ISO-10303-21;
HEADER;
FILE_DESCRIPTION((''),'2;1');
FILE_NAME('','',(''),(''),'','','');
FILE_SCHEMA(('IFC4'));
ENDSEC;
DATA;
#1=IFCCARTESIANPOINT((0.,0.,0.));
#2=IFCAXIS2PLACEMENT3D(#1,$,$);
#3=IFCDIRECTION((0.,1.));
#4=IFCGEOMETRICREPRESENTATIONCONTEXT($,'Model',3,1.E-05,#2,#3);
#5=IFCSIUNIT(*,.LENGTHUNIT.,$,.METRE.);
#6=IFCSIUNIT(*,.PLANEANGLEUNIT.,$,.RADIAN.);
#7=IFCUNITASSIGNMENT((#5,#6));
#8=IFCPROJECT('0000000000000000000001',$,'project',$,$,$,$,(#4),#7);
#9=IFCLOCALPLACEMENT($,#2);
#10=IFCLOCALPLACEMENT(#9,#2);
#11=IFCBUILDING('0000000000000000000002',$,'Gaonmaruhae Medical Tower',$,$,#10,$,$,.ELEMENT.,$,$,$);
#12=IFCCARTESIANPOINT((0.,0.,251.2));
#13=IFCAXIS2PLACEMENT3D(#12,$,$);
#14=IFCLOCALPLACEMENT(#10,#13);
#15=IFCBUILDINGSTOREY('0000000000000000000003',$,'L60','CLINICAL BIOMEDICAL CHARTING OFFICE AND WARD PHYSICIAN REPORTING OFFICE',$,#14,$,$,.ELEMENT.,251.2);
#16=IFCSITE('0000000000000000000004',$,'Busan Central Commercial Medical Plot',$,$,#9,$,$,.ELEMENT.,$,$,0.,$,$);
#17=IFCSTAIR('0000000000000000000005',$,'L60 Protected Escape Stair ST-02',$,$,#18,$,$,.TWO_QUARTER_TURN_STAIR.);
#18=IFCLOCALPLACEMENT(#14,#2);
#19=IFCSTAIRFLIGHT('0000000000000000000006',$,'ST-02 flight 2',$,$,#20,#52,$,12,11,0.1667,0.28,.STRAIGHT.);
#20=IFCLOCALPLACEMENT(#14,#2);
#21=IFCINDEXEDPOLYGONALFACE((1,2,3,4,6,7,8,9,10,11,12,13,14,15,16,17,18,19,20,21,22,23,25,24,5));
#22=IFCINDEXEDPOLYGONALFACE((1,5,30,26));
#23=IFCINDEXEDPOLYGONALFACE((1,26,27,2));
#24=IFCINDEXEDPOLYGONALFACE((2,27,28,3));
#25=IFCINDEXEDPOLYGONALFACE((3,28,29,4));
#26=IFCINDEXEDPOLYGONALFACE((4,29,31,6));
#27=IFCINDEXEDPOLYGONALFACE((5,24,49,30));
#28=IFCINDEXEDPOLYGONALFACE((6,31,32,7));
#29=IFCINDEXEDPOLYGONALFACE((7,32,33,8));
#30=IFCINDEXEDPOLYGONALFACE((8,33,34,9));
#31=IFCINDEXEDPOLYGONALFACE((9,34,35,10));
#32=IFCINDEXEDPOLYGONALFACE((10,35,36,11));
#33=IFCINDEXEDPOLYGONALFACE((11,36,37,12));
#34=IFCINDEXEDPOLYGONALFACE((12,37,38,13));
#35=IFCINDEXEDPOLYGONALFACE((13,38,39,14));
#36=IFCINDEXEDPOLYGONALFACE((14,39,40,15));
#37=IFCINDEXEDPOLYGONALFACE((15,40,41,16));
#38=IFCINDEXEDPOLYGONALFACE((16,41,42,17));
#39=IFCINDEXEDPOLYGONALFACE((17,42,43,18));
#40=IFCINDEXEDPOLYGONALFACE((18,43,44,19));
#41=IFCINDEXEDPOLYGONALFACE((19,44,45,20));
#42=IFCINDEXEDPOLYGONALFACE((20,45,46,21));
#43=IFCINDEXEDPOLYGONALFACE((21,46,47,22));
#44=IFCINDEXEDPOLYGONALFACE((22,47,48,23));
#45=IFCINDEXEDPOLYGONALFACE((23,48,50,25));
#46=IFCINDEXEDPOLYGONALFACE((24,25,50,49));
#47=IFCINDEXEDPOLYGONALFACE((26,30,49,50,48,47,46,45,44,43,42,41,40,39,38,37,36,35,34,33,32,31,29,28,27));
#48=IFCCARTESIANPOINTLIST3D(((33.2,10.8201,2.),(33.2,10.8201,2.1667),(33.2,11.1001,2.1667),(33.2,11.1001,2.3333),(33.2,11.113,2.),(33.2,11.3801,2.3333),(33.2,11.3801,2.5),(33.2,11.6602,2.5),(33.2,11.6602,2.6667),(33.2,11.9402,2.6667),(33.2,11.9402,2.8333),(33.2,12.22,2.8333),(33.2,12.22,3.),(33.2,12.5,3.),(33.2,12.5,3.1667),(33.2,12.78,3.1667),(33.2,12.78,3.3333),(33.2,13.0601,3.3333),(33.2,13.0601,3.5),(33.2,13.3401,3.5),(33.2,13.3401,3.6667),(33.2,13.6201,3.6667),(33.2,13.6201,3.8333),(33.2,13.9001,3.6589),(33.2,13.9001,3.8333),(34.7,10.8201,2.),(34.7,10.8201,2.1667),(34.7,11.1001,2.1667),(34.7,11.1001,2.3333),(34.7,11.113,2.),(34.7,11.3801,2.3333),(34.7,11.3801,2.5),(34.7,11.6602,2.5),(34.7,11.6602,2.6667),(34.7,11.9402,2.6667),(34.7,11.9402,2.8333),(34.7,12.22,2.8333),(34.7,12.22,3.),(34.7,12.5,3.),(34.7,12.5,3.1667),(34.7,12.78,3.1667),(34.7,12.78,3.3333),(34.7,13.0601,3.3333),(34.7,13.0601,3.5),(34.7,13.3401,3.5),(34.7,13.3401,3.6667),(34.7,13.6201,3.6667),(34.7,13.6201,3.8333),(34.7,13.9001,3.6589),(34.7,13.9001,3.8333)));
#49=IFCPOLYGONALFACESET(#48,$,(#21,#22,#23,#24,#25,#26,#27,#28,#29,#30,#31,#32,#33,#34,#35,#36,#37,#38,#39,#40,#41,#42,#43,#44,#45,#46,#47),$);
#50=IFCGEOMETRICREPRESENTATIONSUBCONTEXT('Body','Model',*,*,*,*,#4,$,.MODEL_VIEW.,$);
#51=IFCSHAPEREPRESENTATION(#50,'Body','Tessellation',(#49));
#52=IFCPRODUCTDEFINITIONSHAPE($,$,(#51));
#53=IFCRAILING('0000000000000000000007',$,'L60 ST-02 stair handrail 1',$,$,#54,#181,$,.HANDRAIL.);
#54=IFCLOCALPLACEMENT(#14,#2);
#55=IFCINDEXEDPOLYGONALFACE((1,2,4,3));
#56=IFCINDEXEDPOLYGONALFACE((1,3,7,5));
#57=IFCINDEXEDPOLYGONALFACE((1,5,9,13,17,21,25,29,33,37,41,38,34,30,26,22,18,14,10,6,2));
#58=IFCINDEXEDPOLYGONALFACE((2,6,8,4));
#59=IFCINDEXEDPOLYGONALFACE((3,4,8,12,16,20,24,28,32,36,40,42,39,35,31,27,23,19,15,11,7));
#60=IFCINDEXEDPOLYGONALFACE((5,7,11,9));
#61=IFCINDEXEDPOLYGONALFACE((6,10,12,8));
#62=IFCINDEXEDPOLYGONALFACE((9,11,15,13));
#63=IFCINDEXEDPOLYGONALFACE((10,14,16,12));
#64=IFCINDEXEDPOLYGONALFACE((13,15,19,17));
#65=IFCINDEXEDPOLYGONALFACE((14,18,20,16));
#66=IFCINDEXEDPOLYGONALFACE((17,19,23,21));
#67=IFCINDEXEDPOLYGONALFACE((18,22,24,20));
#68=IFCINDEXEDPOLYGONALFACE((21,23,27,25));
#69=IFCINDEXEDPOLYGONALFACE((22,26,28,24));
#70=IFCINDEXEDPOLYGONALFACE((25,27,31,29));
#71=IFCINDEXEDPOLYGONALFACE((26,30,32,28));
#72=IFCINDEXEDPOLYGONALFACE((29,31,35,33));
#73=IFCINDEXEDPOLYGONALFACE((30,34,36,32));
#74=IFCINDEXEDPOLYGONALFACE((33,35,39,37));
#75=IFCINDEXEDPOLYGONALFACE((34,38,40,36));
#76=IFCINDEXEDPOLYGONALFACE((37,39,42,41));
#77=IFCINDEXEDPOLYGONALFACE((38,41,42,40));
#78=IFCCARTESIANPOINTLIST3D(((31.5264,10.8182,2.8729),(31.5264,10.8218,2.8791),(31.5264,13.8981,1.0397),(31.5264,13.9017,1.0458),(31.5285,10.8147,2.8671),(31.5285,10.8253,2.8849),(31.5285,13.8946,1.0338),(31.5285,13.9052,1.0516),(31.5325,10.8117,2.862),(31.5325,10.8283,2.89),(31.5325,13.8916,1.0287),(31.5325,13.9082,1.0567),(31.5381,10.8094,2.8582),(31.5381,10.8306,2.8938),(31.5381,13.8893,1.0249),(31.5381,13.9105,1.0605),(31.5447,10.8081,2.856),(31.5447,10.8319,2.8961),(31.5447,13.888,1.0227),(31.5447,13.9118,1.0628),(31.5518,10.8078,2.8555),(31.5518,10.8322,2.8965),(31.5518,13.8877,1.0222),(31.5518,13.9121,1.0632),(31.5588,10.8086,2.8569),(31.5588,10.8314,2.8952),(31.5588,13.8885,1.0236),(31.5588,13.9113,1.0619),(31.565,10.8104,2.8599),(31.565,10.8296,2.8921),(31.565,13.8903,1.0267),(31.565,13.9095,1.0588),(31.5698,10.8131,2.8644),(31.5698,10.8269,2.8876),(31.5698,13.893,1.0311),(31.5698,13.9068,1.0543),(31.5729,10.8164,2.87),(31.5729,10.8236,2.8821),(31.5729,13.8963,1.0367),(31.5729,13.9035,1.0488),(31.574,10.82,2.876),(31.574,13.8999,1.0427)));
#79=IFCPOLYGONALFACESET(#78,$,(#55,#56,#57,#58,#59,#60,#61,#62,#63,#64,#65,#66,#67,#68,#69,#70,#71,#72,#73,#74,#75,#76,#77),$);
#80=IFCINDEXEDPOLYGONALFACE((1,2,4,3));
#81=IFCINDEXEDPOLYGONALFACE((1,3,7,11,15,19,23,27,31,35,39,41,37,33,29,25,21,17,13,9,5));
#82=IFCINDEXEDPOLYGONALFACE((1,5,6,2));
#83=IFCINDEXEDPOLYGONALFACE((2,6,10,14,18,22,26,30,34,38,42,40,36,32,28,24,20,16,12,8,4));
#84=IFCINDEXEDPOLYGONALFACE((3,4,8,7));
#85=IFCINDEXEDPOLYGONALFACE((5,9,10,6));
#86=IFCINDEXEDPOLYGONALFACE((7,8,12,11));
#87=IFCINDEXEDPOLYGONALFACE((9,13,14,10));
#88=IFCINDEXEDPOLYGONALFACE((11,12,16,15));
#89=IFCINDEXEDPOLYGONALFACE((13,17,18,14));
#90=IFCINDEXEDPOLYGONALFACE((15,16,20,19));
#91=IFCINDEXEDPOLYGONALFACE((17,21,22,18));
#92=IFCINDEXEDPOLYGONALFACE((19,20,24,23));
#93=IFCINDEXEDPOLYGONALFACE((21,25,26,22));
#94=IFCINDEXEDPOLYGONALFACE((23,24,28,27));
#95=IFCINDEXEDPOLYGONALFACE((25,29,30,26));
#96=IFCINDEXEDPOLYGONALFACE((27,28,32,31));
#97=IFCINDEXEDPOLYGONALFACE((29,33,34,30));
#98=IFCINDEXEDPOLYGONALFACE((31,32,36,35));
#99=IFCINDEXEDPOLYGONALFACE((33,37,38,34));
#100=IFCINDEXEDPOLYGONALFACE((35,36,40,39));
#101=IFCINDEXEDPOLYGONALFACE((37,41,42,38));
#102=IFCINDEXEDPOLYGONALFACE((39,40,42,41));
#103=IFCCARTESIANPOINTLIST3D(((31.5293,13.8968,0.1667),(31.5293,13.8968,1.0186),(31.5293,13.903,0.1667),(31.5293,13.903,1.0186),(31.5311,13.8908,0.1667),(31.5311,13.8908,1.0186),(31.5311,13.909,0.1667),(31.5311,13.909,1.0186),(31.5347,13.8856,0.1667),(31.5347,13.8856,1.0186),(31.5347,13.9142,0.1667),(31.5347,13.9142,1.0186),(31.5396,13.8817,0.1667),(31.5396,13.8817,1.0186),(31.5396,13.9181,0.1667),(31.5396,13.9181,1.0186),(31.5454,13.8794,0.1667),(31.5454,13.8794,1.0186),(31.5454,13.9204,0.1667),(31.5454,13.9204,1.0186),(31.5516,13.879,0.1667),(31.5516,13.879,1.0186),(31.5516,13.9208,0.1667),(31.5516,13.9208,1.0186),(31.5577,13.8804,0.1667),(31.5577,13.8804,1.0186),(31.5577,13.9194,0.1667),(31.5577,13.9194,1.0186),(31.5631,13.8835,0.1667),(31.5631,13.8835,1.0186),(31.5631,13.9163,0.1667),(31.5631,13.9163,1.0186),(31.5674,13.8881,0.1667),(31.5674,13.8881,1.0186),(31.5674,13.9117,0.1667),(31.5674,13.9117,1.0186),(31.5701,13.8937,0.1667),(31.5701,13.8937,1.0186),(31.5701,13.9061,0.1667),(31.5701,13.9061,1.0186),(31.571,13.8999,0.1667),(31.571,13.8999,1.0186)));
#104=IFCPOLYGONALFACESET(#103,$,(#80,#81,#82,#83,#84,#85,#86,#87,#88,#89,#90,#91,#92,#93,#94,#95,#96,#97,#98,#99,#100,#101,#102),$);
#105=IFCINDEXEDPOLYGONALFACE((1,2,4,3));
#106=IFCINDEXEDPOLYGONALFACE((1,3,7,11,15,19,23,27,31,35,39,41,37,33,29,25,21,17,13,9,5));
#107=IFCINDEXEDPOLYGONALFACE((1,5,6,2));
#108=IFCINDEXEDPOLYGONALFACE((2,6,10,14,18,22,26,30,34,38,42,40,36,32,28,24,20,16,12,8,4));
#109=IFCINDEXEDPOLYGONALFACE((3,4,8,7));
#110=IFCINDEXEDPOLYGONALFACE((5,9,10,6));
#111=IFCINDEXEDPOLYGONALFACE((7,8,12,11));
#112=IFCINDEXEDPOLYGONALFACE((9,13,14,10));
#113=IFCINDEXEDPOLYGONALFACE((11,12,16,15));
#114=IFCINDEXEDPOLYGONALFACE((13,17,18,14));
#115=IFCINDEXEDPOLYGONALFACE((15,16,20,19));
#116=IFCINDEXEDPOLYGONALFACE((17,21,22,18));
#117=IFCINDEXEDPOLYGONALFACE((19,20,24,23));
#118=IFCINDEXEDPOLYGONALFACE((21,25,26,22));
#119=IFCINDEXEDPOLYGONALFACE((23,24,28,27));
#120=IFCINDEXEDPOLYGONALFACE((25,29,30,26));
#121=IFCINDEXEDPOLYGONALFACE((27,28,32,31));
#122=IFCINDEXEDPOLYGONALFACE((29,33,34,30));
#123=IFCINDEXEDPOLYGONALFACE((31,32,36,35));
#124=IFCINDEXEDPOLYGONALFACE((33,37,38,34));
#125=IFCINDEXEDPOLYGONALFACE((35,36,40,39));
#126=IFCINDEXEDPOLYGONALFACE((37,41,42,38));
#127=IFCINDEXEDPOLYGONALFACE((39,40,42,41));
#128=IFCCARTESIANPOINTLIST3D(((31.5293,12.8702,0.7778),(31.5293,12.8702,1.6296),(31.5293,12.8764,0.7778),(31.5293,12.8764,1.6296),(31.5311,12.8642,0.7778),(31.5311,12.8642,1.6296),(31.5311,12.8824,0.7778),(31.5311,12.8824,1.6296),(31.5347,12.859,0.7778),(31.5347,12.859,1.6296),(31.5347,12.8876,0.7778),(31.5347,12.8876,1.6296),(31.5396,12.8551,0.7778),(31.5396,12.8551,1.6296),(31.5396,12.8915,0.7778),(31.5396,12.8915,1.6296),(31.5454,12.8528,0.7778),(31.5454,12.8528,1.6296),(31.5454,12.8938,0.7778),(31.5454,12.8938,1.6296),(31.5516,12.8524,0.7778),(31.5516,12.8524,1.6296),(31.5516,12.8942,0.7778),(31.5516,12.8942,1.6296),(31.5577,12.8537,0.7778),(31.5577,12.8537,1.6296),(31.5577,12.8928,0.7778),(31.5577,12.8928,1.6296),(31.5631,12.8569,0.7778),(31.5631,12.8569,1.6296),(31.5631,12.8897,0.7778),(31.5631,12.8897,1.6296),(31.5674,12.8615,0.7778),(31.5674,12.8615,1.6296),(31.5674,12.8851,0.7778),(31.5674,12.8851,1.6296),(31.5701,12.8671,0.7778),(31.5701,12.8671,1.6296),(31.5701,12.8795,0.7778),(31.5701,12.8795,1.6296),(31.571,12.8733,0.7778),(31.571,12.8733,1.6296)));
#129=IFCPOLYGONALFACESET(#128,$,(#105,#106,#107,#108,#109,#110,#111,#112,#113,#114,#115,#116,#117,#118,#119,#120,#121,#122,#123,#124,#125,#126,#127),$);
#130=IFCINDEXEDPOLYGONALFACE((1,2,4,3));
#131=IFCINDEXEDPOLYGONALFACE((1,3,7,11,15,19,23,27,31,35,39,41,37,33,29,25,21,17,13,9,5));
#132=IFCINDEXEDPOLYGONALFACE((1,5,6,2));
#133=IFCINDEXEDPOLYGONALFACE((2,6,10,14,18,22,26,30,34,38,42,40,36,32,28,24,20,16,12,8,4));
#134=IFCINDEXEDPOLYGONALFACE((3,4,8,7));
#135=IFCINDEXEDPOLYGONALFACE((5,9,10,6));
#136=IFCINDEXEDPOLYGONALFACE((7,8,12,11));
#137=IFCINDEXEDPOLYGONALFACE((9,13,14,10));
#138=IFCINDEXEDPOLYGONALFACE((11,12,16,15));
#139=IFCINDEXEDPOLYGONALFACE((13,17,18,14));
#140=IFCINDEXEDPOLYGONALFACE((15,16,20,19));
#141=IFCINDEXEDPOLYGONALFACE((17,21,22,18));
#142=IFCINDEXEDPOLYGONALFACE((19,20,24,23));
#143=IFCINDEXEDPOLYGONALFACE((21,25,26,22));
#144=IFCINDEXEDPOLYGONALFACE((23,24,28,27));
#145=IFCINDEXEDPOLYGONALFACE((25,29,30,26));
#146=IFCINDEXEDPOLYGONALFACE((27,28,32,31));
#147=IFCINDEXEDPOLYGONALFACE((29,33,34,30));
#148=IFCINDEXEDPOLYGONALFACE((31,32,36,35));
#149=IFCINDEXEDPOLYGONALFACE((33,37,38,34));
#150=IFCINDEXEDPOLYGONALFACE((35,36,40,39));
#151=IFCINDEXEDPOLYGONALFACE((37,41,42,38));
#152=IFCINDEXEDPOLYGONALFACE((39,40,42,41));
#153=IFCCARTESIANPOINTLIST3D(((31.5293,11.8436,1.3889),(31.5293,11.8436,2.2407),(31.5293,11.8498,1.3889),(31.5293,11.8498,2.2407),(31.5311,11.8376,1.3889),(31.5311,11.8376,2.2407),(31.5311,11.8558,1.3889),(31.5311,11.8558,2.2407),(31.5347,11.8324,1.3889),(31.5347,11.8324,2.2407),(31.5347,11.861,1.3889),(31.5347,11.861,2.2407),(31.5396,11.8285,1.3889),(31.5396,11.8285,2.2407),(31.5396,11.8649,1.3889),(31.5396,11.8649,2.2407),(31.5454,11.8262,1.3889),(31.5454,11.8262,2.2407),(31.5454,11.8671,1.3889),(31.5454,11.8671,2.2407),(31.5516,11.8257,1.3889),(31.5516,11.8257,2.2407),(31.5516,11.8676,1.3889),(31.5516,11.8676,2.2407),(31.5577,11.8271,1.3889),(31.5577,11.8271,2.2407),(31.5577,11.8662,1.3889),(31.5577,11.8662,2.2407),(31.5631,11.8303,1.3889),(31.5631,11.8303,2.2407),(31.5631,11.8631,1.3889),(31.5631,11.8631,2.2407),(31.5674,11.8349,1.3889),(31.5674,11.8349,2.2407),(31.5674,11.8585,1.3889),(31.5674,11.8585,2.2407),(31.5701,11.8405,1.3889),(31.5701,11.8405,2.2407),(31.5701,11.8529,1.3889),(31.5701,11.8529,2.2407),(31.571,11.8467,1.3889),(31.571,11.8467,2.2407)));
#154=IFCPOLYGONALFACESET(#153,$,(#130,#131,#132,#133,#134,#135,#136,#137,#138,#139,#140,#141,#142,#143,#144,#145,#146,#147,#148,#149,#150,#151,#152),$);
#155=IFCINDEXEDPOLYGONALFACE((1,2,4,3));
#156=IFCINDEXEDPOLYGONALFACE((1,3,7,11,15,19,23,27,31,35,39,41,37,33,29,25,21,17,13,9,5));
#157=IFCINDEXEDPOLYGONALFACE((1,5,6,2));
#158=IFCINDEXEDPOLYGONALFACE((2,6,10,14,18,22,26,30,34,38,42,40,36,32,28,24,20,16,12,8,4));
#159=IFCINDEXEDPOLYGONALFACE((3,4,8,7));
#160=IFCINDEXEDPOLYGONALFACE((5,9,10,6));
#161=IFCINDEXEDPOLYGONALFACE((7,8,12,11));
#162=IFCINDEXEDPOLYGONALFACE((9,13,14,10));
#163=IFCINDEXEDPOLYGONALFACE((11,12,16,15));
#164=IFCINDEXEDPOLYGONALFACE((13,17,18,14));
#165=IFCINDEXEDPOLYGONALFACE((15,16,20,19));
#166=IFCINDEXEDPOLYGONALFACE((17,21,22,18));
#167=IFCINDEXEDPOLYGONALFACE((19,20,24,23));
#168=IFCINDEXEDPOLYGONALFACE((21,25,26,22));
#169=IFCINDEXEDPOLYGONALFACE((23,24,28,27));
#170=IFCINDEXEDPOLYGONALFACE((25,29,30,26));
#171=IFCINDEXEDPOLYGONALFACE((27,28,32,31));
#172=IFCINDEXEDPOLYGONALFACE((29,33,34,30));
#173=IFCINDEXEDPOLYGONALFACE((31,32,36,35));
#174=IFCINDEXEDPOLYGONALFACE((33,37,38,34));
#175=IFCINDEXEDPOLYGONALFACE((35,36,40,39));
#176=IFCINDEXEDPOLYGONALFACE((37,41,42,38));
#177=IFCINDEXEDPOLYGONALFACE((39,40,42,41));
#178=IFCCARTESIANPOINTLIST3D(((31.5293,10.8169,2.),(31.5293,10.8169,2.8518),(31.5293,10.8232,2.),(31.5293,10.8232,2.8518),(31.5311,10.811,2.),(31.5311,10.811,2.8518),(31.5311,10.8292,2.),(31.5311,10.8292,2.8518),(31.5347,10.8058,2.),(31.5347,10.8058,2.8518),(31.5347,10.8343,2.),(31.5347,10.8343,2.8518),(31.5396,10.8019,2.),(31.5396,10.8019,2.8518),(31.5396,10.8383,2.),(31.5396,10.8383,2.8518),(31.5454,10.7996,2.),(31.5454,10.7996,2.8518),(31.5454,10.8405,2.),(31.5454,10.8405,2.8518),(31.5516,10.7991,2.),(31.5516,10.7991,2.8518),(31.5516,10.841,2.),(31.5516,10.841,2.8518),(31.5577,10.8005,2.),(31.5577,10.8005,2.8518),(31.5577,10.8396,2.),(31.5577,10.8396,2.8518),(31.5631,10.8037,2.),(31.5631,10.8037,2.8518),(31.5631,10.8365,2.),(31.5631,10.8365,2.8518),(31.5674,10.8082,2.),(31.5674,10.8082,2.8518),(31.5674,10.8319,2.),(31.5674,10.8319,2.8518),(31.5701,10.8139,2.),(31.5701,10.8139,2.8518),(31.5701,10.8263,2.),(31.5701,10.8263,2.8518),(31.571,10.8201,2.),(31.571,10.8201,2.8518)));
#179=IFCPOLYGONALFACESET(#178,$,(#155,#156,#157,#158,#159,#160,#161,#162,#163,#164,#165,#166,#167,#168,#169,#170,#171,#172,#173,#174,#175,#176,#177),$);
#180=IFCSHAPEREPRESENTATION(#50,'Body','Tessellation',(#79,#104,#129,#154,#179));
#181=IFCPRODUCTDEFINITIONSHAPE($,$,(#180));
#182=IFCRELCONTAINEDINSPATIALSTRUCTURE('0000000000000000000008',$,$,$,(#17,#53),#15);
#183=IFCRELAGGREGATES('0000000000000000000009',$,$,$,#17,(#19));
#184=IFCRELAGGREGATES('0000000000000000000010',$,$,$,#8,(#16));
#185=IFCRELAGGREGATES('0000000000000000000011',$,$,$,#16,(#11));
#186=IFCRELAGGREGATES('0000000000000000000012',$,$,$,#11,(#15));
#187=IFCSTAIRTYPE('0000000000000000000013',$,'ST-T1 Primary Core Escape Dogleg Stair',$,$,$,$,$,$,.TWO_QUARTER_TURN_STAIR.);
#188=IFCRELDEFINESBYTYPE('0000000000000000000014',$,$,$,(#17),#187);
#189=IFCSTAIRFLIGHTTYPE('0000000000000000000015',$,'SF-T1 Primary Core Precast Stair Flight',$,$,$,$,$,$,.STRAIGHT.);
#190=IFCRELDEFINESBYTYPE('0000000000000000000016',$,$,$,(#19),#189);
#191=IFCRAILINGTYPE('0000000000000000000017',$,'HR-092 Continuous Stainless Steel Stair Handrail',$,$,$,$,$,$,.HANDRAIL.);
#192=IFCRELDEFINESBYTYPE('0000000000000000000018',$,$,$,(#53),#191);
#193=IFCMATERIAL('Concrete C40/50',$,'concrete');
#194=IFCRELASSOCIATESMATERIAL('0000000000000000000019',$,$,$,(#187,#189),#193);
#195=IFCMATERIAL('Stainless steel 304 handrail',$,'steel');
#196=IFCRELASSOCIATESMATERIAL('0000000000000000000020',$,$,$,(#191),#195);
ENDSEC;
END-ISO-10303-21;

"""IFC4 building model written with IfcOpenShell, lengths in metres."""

from ifc_helpers import new_model, si_unit, direction, frame, origin, origin_2d, place, context, subcontext, project, spatial, polyline, circle, outline, extrude, material, type_object, element, aggregate, save


model = new_model("IFC4")

# Units and contexts
model_context = context("Model", 3, precision=1e-05, world=origin(), true_north=direction((0.0, 1.0)))
body_context = subcontext(model_context, "Body", "Model", "MODEL_VIEW")
ifc_project = project(units=[si_unit("LENGTHUNIT", "METRE"), si_unit("PLANEANGLEUNIT", "RADIAN")], contexts=[model_context])

# Site, building, storey
site_placement = place(None, origin())
site = spatial("IfcSite", under=ifc_project, at=site_placement, Name="Busan Central Commercial Medical Plot", CompositionType="ELEMENT", RefElevation=0.0)
building_placement = place(site_placement, origin())
building = spatial("IfcBuilding", under=site, at=building_placement, Name="Gaonmaruhae Medical Tower", CompositionType="ELEMENT")
storey_placement = place(building_placement, frame((0.0, 0.0, 251.2)))
storey = spatial("IfcBuildingStorey", under=building, at=storey_placement, Name="L60", Description="CLINICAL BIOMEDICAL CHARTING OFFICE AND WARD PHYSICIAN REPORTING OFFICE", CompositionType="ELEMENT", Elevation=251.2)

# Stair, stair flight
ifc_material_1 = material(Name="Concrete C40/50", Category="concrete")
stair_type = type_object("IfcStairType", Name="ST-T1 Primary Core Escape Dogleg Stair", PredefinedType="TWO_QUARTER_TURN_STAIR", material=ifc_material_1)
stair_placement = place(storey_placement, origin())
stair = element("IfcStair", 1, at=stair_placement, inside=storey, type_object=stair_type, Name="L60 Protected Escape Stair ST-02", PredefinedType="TWO_QUARTER_TURN_STAIR")
stair_flight_type = type_object("IfcStairFlightType", Name="SF-T1 Primary Core Precast Stair Flight", PredefinedType="STRAIGHT", material=ifc_material_1)
stair_flight_1_placement = place(storey_placement, frame((33.95, 10.8201, 2.0), z_axis=(0.0, 0.0, 1.0), x_axis=(0.0, 1.0, 0.0)))
stair_flight_1 = element("IfcStairFlight", 2, at=stair_flight_1_placement, type_object=stair_flight_type, Name="ST-02 flight 2", NumberOfRisers=12, NumberOfTreads=11, PredefinedType="STRAIGHT", RiserHeight=0.1667, TreadLength=0.28, context=body_context, shape_type="SweptSolid", body=[
    extrude(outline(polyline([(0.0, 0.0), (0.0, 0.1667), (0.28, 0.1667), (0.28, 0.3333), (0.5601, 0.3333), (0.5601, 0.5), (0.8401, 0.5), (0.8401, 0.6667), (1.1201, 0.6667), (1.1201, 0.8333), (1.3999, 0.8333), (1.3999, 1.0), (1.6799, 1.0), (1.6799, 1.1667), (1.96, 1.1667), (1.96, 1.3333), (2.24, 1.3333), (2.24, 1.5), (2.52, 1.5), (2.52, 1.6667), (2.8, 1.6667), (2.8, 1.8333), (3.0801, 1.8333), (3.0801, 2.0), (3.0801, 1.6589), (0.293, 0.0), (0.0, 0.0)])), frame((0.0, 0.75, 0.0), z_axis=(0.0, -1.0, 0.0), x_axis=(1.0, 0.0, 0.0)), (0.0, 0.0, 1.0), 1.5),
])
aggregate(stair, [stair_flight_1])

# Railing
ifc_material_2 = material(Name="Stainless steel 304 handrail", Category="steel")
railing_type_1 = type_object("IfcRailingType", Name="HR-092 Continuous Stainless Steel Stair Handrail", PredefinedType="HANDRAIL", material=ifc_material_2)
railing_1_placement = place(storey_placement, frame((31.55, 13.8999, 0.1667)))
element("IfcRailing", 3, at=railing_1_placement, inside=storey, type_object=railing_type_1, Name="L60 ST-02 stair handrail 1", PredefinedType="HANDRAIL", context=body_context, shape_type="SweptSolid", body=[
    extrude(circle(Radius=0.0239, at=origin_2d()), frame((0.0, 0.0, 0.876), z_axis=(0.0, -0.859291, 0.511487), x_axis=(1.0, 0.0, 0.0)), (0.0, 0.0, 1.0), 3.5842),
    extrude(circle(Radius=0.021, at=origin_2d()), origin(), (0.0, 0.0, 1.0), 0.8518),
    extrude(circle(Radius=0.021, at=origin_2d()), frame((0.0, -1.0266, 0.6111)), (0.0, 0.0, 1.0), 0.8518),
    extrude(circle(Radius=0.021, at=origin_2d()), frame((0.0, -2.0532, 1.2222)), (0.0, 0.0, 1.0), 0.8518),
    extrude(circle(Radius=0.021, at=origin_2d()), frame((0.0, -3.0798, 1.8333)), (0.0, 0.0, 1.0), 0.8518),
])

save(model, "model.ifc")
